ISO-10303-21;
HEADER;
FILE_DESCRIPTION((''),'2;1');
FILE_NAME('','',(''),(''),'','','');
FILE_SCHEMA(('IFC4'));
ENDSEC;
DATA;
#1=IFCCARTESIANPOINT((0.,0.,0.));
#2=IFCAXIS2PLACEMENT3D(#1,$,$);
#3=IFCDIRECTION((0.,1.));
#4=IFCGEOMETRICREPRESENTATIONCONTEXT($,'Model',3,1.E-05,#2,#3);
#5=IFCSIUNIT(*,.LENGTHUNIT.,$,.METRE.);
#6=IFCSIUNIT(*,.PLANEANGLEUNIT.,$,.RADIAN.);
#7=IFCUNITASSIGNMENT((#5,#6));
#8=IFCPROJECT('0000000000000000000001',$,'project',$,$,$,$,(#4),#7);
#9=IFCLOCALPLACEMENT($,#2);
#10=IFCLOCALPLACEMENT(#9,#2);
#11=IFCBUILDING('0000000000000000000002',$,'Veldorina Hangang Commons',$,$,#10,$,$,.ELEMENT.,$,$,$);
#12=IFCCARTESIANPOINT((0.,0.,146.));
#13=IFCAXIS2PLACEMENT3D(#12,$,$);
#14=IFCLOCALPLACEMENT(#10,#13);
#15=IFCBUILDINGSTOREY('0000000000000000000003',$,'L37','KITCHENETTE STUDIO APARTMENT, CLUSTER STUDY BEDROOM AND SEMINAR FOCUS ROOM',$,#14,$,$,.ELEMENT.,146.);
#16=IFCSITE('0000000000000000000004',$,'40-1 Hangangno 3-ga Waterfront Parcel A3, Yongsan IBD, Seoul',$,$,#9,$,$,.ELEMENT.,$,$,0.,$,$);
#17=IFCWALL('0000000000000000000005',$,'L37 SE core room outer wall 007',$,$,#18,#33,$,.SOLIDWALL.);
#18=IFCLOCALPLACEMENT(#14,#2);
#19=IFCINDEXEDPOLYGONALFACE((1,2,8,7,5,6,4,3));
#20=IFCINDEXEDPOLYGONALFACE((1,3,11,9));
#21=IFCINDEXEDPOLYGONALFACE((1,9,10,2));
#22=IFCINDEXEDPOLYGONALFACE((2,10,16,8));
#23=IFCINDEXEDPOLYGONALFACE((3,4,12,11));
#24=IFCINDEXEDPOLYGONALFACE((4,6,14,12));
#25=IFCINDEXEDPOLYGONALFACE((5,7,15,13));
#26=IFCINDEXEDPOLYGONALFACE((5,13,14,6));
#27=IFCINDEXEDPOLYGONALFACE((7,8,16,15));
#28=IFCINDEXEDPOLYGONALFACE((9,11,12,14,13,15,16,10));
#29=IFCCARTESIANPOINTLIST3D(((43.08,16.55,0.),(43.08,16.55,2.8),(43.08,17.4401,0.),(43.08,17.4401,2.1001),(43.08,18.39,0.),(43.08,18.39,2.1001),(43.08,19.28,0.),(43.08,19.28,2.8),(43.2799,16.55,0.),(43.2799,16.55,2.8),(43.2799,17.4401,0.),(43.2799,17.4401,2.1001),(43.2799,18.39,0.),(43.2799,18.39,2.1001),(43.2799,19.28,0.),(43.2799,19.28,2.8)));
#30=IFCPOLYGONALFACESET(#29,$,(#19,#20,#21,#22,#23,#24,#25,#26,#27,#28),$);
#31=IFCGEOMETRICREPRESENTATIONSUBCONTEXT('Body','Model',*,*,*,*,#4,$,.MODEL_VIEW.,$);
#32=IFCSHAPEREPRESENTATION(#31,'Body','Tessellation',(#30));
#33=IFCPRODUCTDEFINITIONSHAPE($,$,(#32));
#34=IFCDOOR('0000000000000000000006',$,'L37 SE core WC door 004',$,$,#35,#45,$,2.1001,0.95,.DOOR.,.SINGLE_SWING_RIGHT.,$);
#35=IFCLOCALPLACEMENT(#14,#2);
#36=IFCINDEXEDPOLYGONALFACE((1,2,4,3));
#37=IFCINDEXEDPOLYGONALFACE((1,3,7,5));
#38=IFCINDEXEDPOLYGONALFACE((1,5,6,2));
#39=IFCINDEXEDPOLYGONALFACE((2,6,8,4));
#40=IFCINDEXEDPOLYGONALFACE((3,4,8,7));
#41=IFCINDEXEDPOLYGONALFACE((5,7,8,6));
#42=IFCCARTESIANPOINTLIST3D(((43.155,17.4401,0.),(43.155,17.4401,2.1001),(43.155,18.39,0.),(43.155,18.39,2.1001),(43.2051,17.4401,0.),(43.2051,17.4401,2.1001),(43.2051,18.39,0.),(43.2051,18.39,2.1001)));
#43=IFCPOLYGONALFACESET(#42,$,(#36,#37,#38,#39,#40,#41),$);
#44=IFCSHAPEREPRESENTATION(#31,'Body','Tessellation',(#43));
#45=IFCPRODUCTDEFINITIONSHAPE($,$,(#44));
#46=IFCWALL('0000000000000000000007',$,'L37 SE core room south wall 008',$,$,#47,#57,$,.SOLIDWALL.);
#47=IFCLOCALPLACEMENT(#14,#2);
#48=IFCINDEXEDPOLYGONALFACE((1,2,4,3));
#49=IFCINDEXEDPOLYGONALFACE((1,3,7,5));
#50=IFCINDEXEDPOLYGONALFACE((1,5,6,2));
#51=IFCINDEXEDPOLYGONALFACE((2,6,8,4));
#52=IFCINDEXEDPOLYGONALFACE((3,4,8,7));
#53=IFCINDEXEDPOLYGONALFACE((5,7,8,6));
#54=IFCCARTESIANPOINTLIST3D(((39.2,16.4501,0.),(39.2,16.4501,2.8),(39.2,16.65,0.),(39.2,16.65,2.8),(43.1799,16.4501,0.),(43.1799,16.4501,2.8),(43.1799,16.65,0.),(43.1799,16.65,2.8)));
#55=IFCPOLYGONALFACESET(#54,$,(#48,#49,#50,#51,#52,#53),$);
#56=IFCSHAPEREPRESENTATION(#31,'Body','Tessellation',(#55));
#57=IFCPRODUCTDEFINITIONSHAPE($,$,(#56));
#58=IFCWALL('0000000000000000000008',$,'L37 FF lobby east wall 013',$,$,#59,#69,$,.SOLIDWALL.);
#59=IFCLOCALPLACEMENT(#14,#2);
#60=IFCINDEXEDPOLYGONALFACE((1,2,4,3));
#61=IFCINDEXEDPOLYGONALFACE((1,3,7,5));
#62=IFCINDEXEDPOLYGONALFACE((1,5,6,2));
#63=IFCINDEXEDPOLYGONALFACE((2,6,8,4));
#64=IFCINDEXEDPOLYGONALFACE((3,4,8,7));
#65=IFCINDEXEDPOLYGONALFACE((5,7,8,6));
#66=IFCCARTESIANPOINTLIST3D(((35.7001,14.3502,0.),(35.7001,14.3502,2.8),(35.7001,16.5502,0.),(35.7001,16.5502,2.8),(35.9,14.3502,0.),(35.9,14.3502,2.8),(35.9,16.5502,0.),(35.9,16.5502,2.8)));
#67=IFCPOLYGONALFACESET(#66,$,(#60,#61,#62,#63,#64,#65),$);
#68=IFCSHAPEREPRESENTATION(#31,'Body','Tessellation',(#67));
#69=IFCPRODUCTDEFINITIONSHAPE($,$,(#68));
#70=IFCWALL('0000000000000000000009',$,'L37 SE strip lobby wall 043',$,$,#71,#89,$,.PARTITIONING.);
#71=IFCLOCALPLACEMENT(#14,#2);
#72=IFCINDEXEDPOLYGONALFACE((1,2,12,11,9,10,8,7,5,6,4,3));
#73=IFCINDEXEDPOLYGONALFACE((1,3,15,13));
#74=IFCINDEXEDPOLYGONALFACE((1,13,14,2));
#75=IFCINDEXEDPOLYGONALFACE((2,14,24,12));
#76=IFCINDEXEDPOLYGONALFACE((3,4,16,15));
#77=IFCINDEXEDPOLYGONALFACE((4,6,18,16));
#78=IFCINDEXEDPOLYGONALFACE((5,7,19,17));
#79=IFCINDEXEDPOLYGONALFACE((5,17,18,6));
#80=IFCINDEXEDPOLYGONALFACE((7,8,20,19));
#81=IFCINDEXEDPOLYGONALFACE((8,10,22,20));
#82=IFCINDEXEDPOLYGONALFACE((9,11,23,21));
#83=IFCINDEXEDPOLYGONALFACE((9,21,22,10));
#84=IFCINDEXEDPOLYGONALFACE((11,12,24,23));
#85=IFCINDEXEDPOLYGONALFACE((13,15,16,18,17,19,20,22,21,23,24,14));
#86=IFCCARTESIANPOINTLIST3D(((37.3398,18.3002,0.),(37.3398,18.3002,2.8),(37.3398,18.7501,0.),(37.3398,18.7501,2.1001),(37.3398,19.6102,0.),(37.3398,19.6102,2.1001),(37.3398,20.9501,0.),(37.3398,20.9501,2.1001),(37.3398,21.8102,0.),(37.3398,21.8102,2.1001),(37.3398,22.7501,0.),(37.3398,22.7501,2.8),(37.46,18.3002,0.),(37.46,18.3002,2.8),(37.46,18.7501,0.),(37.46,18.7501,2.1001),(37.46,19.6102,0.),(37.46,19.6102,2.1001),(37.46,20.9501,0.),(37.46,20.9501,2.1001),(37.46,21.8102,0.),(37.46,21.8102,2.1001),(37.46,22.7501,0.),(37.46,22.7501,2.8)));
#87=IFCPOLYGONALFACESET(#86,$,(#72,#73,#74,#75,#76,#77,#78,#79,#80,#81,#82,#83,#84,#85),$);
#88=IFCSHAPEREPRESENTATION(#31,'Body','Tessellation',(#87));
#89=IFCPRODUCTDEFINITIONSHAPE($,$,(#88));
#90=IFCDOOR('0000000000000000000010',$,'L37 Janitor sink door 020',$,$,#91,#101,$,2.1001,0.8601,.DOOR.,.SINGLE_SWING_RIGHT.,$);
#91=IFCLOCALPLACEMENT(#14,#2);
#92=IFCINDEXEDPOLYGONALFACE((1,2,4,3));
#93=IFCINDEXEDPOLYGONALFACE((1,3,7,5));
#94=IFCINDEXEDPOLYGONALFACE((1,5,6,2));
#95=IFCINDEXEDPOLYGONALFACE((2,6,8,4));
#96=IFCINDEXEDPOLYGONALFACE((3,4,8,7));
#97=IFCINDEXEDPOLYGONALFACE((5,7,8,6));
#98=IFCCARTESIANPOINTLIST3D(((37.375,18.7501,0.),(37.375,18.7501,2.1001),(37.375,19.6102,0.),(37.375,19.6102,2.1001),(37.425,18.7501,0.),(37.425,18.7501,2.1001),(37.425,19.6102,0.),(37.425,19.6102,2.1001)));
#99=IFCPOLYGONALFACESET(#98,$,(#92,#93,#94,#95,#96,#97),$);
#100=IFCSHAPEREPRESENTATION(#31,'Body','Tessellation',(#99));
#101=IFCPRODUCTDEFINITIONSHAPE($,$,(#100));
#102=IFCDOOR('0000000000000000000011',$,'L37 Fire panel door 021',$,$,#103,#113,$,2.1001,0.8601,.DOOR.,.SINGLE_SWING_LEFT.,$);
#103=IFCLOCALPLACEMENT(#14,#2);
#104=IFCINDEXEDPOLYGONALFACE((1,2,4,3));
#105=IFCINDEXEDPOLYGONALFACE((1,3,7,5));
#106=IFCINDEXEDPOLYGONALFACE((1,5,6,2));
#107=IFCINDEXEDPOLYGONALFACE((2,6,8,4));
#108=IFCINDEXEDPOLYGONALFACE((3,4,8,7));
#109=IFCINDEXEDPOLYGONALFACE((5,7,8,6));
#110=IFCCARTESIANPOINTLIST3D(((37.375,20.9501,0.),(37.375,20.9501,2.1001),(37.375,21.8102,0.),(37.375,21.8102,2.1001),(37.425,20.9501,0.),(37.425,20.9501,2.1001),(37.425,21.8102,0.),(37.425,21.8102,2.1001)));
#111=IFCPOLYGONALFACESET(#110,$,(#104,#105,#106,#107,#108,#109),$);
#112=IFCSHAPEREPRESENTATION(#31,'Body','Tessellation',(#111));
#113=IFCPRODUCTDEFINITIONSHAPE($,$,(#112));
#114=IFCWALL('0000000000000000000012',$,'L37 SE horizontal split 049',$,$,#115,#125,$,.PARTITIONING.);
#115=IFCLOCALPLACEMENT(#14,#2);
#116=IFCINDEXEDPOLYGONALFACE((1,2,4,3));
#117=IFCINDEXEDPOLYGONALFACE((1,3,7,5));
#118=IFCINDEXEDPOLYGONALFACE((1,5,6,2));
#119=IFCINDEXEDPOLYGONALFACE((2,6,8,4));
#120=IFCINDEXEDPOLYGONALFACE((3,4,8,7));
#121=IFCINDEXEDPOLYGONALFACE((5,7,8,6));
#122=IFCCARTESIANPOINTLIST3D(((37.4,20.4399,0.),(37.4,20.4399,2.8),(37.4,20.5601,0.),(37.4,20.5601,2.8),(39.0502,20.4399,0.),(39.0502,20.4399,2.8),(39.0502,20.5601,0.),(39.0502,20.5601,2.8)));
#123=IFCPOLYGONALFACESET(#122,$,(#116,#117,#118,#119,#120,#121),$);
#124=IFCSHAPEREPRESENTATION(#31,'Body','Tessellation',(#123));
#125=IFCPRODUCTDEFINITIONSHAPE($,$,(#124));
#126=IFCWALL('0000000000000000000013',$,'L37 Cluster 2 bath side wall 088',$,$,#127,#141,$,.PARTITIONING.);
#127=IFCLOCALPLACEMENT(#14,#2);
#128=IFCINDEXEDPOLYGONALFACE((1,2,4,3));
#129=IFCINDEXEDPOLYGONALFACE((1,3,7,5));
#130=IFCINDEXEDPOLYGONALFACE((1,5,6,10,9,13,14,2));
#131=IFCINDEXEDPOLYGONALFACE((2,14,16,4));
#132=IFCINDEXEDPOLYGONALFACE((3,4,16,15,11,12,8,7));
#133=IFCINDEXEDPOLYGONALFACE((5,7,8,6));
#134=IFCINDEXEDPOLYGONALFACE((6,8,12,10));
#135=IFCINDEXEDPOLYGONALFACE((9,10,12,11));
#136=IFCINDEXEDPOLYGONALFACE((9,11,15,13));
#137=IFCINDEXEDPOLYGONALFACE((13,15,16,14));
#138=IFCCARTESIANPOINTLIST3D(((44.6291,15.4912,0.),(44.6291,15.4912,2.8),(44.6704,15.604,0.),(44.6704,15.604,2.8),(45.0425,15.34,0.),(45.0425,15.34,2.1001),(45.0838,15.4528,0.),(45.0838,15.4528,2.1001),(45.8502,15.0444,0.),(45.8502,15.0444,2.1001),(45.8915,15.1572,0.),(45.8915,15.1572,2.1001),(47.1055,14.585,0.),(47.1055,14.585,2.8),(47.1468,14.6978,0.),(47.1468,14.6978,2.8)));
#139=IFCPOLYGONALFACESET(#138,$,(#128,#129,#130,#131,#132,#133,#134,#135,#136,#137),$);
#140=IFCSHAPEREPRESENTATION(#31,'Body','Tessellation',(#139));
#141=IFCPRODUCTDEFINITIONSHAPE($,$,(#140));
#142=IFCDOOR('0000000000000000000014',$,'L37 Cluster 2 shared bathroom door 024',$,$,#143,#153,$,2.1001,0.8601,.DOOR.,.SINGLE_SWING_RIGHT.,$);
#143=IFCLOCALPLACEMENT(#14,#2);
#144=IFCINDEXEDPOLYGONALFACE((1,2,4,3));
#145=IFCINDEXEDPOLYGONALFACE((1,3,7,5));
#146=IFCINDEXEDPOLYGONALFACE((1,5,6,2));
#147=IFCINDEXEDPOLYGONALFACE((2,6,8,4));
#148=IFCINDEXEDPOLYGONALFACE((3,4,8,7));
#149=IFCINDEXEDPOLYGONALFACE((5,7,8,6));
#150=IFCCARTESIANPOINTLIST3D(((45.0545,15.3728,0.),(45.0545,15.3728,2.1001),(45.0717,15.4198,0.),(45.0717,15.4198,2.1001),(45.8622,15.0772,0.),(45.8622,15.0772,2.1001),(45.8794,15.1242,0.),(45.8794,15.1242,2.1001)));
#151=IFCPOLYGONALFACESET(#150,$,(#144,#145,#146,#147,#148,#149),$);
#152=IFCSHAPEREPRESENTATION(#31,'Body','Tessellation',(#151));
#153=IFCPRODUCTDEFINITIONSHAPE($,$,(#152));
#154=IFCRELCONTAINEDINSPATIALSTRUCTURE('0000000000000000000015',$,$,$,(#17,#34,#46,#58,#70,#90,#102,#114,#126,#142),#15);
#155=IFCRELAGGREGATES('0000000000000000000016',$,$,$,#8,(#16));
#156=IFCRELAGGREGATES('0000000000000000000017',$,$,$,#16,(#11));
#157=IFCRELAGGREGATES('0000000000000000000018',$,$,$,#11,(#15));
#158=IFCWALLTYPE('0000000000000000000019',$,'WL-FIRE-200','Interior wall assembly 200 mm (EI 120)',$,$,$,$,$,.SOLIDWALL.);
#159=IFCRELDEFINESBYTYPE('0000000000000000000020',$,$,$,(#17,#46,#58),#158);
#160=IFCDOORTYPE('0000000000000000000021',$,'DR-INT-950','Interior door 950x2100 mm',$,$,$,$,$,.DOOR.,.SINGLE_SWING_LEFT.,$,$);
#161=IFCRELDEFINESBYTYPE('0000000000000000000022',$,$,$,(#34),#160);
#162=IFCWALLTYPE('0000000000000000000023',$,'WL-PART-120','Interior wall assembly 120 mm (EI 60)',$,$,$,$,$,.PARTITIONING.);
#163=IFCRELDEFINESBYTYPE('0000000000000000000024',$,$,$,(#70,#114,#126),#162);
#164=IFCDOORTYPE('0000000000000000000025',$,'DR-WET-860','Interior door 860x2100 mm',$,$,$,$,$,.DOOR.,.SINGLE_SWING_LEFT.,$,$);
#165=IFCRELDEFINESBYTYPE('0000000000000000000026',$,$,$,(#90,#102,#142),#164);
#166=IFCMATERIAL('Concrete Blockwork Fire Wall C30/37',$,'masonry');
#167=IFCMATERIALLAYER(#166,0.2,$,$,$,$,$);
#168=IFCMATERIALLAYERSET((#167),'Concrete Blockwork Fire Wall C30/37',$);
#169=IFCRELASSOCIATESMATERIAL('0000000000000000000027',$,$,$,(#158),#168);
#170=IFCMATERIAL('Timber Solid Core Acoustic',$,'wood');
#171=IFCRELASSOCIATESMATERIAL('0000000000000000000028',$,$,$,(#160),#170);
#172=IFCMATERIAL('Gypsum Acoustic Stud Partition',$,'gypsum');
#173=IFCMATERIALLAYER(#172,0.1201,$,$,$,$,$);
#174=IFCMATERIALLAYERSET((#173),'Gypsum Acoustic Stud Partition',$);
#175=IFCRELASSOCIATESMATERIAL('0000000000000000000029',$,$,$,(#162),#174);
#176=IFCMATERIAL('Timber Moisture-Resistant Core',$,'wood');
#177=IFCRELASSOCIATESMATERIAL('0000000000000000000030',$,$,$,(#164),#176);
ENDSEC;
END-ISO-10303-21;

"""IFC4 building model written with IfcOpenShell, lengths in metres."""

from ifc_helpers import new_model, si_unit, direction, frame, frame_2d, origin, place, context, subcontext, project, spatial, rectangle, extrude, material, layer, layer_set, type_object, element, fill, save


model = new_model("IFC4")

# Units and contexts
model_context = context("Model", 3, precision=1e-05, world=origin(), true_north=direction((0.0, 1.0)))
body_context = subcontext(model_context, "Body", "Model", "MODEL_VIEW")
ifc_project = project(units=[si_unit("LENGTHUNIT", "METRE"), si_unit("PLANEANGLEUNIT", "RADIAN")], contexts=[model_context])

# Site, building, storey
site_placement = place(None, origin())
site = spatial("IfcSite", under=ifc_project, at=site_placement, Name="40-1 Hangangno 3-ga Waterfront Parcel A3, Yongsan IBD, Seoul", CompositionType="ELEMENT", RefElevation=0.0)
building_placement = place(site_placement, origin())
building = spatial("IfcBuilding", under=site, at=building_placement, Name="Veldorina Hangang Commons", CompositionType="ELEMENT")
storey_placement = place(building_placement, frame((0.0, 0.0, 146.0)))
storey = spatial("IfcBuildingStorey", under=building, at=storey_placement, Name="L37", Description="KITCHENETTE STUDIO APARTMENT, CLUSTER STUDY BEDROOM AND SEMINAR FOCUS ROOM", CompositionType="ELEMENT", Elevation=146.0)

# Wall, opening, door
ifc_material_1 = material(Name="Concrete Blockwork Fire Wall C30/37", Category="masonry")
ifc_layer_1 = layer(ifc_material_1, 0.2)
ifc_layer_set_1 = layer_set([ifc_layer_1], Name="Concrete Blockwork Fire Wall C30/37")
wall_type_1 = type_object("IfcWallType", Name="WL-FIRE-200", Description="Interior wall assembly 200 mm (EI 120)", PredefinedType="SOLIDWALL", material=ifc_layer_set_1)
wall_1_placement = place(storey_placement, frame((43.1799, 16.55, 0.0), z_axis=(0.0, 0.0, 1.0), x_axis=(0.0, 1.0, 0.0)))
wall_1 = element("IfcWall", 1, at=wall_1_placement, inside=storey, type_object=wall_type_1, Name="L37 SE core room outer wall 007", PredefinedType="SOLIDWALL", context=body_context, shape_type="SweptSolid", body=[
    extrude(rectangle(XDim=2.73, YDim=0.2, at=frame_2d((1.365, 0.0))), origin(), (0.0, 0.0, 1.0), 2.8),
])
opening_1_placement = place(wall_1_placement, frame((0.8899, 0.0, 0.0)))
opening_1 = element("IfcOpeningElement", 2, at=opening_1_placement, cuts=wall_1, PredefinedType="OPENING", context=body_context, shape_type="SweptSolid", body=[
    extrude(rectangle(XDim=0.95, YDim=2.1001, at=frame_2d((0.4751, 1.05))), frame((0.0, 0.1099, 0.0), z_axis=(0.0, -1.0, 0.0), x_axis=(1.0, 0.0, 0.0)), (0.0, 0.0, 1.0), 0.22),
])
ifc_material_2 = material(Name="Timber Solid Core Acoustic", Category="wood")
door_type_1 = type_object("IfcDoorType", Name="DR-INT-950", Description="Interior door 950x2100 mm", OperationType="SINGLE_SWING_LEFT", PredefinedType="DOOR", material=ifc_material_2)
door_1_placement = place(opening_1_placement, origin())
door_1 = element("IfcDoor", 3, at=door_1_placement, inside=storey, type_object=door_type_1, Name="L37 SE core WC door 004", OperationType="SINGLE_SWING_RIGHT", OverallHeight=2.1001, OverallWidth=0.95, PredefinedType="DOOR", context=body_context, shape_type="SweptSolid", body=[
    extrude(rectangle(XDim=0.95, YDim=2.1001, at=frame_2d((0.4751, 1.05))), frame((0.0, 0.0249, 0.0), z_axis=(0.0, -1.0, 0.0), x_axis=(1.0, 0.0, 0.0)), (0.0, 0.0, 1.0), 0.05),
])
fill(opening_1, door_1)

# Walls
wall_2_placement = place(storey_placement, frame((39.2, 16.55, 0.0), z_axis=(0.0, 0.0, 1.0), x_axis=(1.0, 0.0, 0.0)))
element("IfcWall", 4, at=wall_2_placement, inside=storey, type_object=wall_type_1, Name="L37 SE core room south wall 008", PredefinedType="SOLIDWALL", context=body_context, shape_type="SweptSolid", body=[
    extrude(rectangle(XDim=3.98, YDim=0.2, at=frame_2d((1.99, 0.0))), origin(), (0.0, 0.0, 1.0), 2.8),
])
wall_3_placement = place(storey_placement, frame((35.8, 14.3501, 0.0), z_axis=(0.0, 0.0, 1.0), x_axis=(0.0, 1.0, 0.0)))
element("IfcWall", 5, at=wall_3_placement, inside=storey, type_object=wall_type_1, Name="L37 FF lobby east wall 013", PredefinedType="SOLIDWALL", context=body_context, shape_type="SweptSolid", body=[
    extrude(rectangle(XDim=2.2, YDim=0.2, at=frame_2d((1.1001, 0.0))), origin(), (0.0, 0.0, 1.0), 2.8),
])

# Wall, openings, doors
ifc_material_3 = material(Name="Gypsum Acoustic Stud Partition", Category="gypsum")
ifc_layer_2 = layer(ifc_material_3, 0.1201)
ifc_layer_set_2 = layer_set([ifc_layer_2], Name="Gypsum Acoustic Stud Partition")
wall_type_2 = type_object("IfcWallType", Name="WL-PART-120", Description="Interior wall assembly 120 mm (EI 60)", PredefinedType="PARTITIONING", material=ifc_layer_set_2)
wall_4_placement = place(storey_placement, frame((37.3999, 18.3, 0.0), z_axis=(0.0, 0.0, 1.0), x_axis=(0.0, 1.0, 0.0)))
wall_4 = element("IfcWall", 6, at=wall_4_placement, inside=storey, type_object=wall_type_2, Name="L37 SE strip lobby wall 043", PredefinedType="PARTITIONING", context=body_context, shape_type="SweptSolid", body=[
    extrude(rectangle(XDim=4.45, YDim=0.1201, at=frame_2d((2.2251, 0.0))), origin(), (0.0, 0.0, 1.0), 2.8),
])
opening_2_placement = place(wall_4_placement, frame((0.45, 0.0, 0.0)))
opening_2 = element("IfcOpeningElement", 7, at=opening_2_placement, cuts=wall_4, PredefinedType="OPENING", context=body_context, shape_type="SweptSolid", body=[
    extrude(rectangle(XDim=0.8601, YDim=2.1001, at=frame_2d((0.4302, 1.05))), frame((0.0, 0.0701, 0.0), z_axis=(0.0, -1.0, 0.0), x_axis=(1.0, 0.0, 0.0)), (0.0, 0.0, 1.0), 0.1401),
])
opening_3_placement = place(wall_4_placement, frame((2.6499, 0.0, 0.0)))
opening_3 = element("IfcOpeningElement", 8, at=opening_3_placement, cuts=wall_4, PredefinedType="OPENING", context=body_context, shape_type="SweptSolid", body=[
    extrude(rectangle(XDim=0.8601, YDim=2.1001, at=frame_2d((0.4302, 1.05))), frame((0.0, 0.0701, 0.0), z_axis=(0.0, -1.0, 0.0), x_axis=(1.0, 0.0, 0.0)), (0.0, 0.0, 1.0), 0.1401),
])
ifc_material_4 = material(Name="Timber Moisture-Resistant Core", Category="wood")
door_type_2 = type_object("IfcDoorType", Name="DR-WET-860", Description="Interior door 860x2100 mm", OperationType="SINGLE_SWING_LEFT", PredefinedType="DOOR", material=ifc_material_4)
door_2_placement = place(opening_2_placement, origin())
door_2 = element("IfcDoor", 9, at=door_2_placement, inside=storey, type_object=door_type_2, Name="L37 Janitor sink door 020", OperationType="SINGLE_SWING_RIGHT", OverallHeight=2.1001, OverallWidth=0.8601, PredefinedType="DOOR", context=body_context, shape_type="SweptSolid", body=[
    extrude(rectangle(XDim=0.8601, YDim=2.1001, at=frame_2d((0.4302, 1.05))), frame((0.0, 0.0249, 0.0), z_axis=(0.0, -1.0, 0.0), x_axis=(1.0, 0.0, 0.0)), (0.0, 0.0, 1.0), 0.05),
])
fill(opening_2, door_2)
door_3_placement = place(opening_3_placement, origin())
door_3 = element("IfcDoor", 10, at=door_3_placement, inside=storey, type_object=door_type_2, Name="L37 Fire panel door 021", OperationType="SINGLE_SWING_LEFT", OverallHeight=2.1001, OverallWidth=0.8601, PredefinedType="DOOR", context=body_context, shape_type="SweptSolid", body=[
    extrude(rectangle(XDim=0.8601, YDim=2.1001, at=frame_2d((0.4302, 1.05))), frame((0.0, 0.0249, 0.0), z_axis=(0.0, -1.0, 0.0), x_axis=(1.0, 0.0, 0.0)), (0.0, 0.0, 1.0), 0.05),
])
fill(opening_3, door_3)

# Wall
wall_5_placement = place(storey_placement, frame((37.3999, 20.5, 0.0), z_axis=(0.0, 0.0, 1.0), x_axis=(1.0, 0.0, 0.0)))
element("IfcWall", 11, at=wall_5_placement, inside=storey, type_object=wall_type_2, Name="L37 SE horizontal split 049", PredefinedType="PARTITIONING", context=body_context, shape_type="SweptSolid", body=[
    extrude(rectangle(XDim=1.6501, YDim=0.1201, at=frame_2d((0.8252, 0.0))), origin(), (0.0, 0.0, 1.0), 2.8),
])

# Wall, opening, door
wall_6_placement = place(storey_placement, frame((44.6499, 15.5476, 0.0), z_axis=(0.0, 0.0, 1.0), x_axis=(0.939089, -0.343675, 0.0)))
wall_6 = element("IfcWall", 12, at=wall_6_placement, inside=storey, type_object=wall_type_2, Name="L37 Cluster 2 bath side wall 088", PredefinedType="PARTITIONING", context=body_context, shape_type="SweptSolid", body=[
    extrude(rectangle(XDim=2.637, YDim=0.1201, at=frame_2d((1.3184, 0.0))), origin(), (0.0, 0.0, 1.0), 2.8),
])
opening_4_placement = place(wall_6_placement, frame((0.4399, 0.0, 0.0)))
opening_4 = element("IfcOpeningElement", 13, at=opening_4_placement, cuts=wall_6, PredefinedType="OPENING", context=body_context, shape_type="SweptSolid", body=[
    extrude(rectangle(XDim=0.8601, YDim=2.1001, at=frame_2d((0.4302, 1.05))), frame((0.0, 0.0701, 0.0), z_axis=(0.0, -1.0, 0.0), x_axis=(1.0, 0.0, 0.0)), (0.0, 0.0, 1.0), 0.1401),
])
door_4_placement = place(opening_4_placement, origin())
door_4 = element("IfcDoor", 14, at=door_4_placement, inside=storey, type_object=door_type_2, Name="L37 Cluster 2 shared bathroom door 024", OperationType="SINGLE_SWING_RIGHT", OverallHeight=2.1001, OverallWidth=0.8601, PredefinedType="DOOR", context=body_context, shape_type="SweptSolid", body=[
    extrude(rectangle(XDim=0.8601, YDim=2.1001, at=frame_2d((0.4302, 1.05))), frame((0.0, 0.0249, 0.0), z_axis=(0.0, -1.0, 0.0), x_axis=(1.0, 0.0, 0.0)), (0.0, 0.0, 1.0), 0.05),
])
fill(opening_4, door_4)

save(model, "model.ifc")
